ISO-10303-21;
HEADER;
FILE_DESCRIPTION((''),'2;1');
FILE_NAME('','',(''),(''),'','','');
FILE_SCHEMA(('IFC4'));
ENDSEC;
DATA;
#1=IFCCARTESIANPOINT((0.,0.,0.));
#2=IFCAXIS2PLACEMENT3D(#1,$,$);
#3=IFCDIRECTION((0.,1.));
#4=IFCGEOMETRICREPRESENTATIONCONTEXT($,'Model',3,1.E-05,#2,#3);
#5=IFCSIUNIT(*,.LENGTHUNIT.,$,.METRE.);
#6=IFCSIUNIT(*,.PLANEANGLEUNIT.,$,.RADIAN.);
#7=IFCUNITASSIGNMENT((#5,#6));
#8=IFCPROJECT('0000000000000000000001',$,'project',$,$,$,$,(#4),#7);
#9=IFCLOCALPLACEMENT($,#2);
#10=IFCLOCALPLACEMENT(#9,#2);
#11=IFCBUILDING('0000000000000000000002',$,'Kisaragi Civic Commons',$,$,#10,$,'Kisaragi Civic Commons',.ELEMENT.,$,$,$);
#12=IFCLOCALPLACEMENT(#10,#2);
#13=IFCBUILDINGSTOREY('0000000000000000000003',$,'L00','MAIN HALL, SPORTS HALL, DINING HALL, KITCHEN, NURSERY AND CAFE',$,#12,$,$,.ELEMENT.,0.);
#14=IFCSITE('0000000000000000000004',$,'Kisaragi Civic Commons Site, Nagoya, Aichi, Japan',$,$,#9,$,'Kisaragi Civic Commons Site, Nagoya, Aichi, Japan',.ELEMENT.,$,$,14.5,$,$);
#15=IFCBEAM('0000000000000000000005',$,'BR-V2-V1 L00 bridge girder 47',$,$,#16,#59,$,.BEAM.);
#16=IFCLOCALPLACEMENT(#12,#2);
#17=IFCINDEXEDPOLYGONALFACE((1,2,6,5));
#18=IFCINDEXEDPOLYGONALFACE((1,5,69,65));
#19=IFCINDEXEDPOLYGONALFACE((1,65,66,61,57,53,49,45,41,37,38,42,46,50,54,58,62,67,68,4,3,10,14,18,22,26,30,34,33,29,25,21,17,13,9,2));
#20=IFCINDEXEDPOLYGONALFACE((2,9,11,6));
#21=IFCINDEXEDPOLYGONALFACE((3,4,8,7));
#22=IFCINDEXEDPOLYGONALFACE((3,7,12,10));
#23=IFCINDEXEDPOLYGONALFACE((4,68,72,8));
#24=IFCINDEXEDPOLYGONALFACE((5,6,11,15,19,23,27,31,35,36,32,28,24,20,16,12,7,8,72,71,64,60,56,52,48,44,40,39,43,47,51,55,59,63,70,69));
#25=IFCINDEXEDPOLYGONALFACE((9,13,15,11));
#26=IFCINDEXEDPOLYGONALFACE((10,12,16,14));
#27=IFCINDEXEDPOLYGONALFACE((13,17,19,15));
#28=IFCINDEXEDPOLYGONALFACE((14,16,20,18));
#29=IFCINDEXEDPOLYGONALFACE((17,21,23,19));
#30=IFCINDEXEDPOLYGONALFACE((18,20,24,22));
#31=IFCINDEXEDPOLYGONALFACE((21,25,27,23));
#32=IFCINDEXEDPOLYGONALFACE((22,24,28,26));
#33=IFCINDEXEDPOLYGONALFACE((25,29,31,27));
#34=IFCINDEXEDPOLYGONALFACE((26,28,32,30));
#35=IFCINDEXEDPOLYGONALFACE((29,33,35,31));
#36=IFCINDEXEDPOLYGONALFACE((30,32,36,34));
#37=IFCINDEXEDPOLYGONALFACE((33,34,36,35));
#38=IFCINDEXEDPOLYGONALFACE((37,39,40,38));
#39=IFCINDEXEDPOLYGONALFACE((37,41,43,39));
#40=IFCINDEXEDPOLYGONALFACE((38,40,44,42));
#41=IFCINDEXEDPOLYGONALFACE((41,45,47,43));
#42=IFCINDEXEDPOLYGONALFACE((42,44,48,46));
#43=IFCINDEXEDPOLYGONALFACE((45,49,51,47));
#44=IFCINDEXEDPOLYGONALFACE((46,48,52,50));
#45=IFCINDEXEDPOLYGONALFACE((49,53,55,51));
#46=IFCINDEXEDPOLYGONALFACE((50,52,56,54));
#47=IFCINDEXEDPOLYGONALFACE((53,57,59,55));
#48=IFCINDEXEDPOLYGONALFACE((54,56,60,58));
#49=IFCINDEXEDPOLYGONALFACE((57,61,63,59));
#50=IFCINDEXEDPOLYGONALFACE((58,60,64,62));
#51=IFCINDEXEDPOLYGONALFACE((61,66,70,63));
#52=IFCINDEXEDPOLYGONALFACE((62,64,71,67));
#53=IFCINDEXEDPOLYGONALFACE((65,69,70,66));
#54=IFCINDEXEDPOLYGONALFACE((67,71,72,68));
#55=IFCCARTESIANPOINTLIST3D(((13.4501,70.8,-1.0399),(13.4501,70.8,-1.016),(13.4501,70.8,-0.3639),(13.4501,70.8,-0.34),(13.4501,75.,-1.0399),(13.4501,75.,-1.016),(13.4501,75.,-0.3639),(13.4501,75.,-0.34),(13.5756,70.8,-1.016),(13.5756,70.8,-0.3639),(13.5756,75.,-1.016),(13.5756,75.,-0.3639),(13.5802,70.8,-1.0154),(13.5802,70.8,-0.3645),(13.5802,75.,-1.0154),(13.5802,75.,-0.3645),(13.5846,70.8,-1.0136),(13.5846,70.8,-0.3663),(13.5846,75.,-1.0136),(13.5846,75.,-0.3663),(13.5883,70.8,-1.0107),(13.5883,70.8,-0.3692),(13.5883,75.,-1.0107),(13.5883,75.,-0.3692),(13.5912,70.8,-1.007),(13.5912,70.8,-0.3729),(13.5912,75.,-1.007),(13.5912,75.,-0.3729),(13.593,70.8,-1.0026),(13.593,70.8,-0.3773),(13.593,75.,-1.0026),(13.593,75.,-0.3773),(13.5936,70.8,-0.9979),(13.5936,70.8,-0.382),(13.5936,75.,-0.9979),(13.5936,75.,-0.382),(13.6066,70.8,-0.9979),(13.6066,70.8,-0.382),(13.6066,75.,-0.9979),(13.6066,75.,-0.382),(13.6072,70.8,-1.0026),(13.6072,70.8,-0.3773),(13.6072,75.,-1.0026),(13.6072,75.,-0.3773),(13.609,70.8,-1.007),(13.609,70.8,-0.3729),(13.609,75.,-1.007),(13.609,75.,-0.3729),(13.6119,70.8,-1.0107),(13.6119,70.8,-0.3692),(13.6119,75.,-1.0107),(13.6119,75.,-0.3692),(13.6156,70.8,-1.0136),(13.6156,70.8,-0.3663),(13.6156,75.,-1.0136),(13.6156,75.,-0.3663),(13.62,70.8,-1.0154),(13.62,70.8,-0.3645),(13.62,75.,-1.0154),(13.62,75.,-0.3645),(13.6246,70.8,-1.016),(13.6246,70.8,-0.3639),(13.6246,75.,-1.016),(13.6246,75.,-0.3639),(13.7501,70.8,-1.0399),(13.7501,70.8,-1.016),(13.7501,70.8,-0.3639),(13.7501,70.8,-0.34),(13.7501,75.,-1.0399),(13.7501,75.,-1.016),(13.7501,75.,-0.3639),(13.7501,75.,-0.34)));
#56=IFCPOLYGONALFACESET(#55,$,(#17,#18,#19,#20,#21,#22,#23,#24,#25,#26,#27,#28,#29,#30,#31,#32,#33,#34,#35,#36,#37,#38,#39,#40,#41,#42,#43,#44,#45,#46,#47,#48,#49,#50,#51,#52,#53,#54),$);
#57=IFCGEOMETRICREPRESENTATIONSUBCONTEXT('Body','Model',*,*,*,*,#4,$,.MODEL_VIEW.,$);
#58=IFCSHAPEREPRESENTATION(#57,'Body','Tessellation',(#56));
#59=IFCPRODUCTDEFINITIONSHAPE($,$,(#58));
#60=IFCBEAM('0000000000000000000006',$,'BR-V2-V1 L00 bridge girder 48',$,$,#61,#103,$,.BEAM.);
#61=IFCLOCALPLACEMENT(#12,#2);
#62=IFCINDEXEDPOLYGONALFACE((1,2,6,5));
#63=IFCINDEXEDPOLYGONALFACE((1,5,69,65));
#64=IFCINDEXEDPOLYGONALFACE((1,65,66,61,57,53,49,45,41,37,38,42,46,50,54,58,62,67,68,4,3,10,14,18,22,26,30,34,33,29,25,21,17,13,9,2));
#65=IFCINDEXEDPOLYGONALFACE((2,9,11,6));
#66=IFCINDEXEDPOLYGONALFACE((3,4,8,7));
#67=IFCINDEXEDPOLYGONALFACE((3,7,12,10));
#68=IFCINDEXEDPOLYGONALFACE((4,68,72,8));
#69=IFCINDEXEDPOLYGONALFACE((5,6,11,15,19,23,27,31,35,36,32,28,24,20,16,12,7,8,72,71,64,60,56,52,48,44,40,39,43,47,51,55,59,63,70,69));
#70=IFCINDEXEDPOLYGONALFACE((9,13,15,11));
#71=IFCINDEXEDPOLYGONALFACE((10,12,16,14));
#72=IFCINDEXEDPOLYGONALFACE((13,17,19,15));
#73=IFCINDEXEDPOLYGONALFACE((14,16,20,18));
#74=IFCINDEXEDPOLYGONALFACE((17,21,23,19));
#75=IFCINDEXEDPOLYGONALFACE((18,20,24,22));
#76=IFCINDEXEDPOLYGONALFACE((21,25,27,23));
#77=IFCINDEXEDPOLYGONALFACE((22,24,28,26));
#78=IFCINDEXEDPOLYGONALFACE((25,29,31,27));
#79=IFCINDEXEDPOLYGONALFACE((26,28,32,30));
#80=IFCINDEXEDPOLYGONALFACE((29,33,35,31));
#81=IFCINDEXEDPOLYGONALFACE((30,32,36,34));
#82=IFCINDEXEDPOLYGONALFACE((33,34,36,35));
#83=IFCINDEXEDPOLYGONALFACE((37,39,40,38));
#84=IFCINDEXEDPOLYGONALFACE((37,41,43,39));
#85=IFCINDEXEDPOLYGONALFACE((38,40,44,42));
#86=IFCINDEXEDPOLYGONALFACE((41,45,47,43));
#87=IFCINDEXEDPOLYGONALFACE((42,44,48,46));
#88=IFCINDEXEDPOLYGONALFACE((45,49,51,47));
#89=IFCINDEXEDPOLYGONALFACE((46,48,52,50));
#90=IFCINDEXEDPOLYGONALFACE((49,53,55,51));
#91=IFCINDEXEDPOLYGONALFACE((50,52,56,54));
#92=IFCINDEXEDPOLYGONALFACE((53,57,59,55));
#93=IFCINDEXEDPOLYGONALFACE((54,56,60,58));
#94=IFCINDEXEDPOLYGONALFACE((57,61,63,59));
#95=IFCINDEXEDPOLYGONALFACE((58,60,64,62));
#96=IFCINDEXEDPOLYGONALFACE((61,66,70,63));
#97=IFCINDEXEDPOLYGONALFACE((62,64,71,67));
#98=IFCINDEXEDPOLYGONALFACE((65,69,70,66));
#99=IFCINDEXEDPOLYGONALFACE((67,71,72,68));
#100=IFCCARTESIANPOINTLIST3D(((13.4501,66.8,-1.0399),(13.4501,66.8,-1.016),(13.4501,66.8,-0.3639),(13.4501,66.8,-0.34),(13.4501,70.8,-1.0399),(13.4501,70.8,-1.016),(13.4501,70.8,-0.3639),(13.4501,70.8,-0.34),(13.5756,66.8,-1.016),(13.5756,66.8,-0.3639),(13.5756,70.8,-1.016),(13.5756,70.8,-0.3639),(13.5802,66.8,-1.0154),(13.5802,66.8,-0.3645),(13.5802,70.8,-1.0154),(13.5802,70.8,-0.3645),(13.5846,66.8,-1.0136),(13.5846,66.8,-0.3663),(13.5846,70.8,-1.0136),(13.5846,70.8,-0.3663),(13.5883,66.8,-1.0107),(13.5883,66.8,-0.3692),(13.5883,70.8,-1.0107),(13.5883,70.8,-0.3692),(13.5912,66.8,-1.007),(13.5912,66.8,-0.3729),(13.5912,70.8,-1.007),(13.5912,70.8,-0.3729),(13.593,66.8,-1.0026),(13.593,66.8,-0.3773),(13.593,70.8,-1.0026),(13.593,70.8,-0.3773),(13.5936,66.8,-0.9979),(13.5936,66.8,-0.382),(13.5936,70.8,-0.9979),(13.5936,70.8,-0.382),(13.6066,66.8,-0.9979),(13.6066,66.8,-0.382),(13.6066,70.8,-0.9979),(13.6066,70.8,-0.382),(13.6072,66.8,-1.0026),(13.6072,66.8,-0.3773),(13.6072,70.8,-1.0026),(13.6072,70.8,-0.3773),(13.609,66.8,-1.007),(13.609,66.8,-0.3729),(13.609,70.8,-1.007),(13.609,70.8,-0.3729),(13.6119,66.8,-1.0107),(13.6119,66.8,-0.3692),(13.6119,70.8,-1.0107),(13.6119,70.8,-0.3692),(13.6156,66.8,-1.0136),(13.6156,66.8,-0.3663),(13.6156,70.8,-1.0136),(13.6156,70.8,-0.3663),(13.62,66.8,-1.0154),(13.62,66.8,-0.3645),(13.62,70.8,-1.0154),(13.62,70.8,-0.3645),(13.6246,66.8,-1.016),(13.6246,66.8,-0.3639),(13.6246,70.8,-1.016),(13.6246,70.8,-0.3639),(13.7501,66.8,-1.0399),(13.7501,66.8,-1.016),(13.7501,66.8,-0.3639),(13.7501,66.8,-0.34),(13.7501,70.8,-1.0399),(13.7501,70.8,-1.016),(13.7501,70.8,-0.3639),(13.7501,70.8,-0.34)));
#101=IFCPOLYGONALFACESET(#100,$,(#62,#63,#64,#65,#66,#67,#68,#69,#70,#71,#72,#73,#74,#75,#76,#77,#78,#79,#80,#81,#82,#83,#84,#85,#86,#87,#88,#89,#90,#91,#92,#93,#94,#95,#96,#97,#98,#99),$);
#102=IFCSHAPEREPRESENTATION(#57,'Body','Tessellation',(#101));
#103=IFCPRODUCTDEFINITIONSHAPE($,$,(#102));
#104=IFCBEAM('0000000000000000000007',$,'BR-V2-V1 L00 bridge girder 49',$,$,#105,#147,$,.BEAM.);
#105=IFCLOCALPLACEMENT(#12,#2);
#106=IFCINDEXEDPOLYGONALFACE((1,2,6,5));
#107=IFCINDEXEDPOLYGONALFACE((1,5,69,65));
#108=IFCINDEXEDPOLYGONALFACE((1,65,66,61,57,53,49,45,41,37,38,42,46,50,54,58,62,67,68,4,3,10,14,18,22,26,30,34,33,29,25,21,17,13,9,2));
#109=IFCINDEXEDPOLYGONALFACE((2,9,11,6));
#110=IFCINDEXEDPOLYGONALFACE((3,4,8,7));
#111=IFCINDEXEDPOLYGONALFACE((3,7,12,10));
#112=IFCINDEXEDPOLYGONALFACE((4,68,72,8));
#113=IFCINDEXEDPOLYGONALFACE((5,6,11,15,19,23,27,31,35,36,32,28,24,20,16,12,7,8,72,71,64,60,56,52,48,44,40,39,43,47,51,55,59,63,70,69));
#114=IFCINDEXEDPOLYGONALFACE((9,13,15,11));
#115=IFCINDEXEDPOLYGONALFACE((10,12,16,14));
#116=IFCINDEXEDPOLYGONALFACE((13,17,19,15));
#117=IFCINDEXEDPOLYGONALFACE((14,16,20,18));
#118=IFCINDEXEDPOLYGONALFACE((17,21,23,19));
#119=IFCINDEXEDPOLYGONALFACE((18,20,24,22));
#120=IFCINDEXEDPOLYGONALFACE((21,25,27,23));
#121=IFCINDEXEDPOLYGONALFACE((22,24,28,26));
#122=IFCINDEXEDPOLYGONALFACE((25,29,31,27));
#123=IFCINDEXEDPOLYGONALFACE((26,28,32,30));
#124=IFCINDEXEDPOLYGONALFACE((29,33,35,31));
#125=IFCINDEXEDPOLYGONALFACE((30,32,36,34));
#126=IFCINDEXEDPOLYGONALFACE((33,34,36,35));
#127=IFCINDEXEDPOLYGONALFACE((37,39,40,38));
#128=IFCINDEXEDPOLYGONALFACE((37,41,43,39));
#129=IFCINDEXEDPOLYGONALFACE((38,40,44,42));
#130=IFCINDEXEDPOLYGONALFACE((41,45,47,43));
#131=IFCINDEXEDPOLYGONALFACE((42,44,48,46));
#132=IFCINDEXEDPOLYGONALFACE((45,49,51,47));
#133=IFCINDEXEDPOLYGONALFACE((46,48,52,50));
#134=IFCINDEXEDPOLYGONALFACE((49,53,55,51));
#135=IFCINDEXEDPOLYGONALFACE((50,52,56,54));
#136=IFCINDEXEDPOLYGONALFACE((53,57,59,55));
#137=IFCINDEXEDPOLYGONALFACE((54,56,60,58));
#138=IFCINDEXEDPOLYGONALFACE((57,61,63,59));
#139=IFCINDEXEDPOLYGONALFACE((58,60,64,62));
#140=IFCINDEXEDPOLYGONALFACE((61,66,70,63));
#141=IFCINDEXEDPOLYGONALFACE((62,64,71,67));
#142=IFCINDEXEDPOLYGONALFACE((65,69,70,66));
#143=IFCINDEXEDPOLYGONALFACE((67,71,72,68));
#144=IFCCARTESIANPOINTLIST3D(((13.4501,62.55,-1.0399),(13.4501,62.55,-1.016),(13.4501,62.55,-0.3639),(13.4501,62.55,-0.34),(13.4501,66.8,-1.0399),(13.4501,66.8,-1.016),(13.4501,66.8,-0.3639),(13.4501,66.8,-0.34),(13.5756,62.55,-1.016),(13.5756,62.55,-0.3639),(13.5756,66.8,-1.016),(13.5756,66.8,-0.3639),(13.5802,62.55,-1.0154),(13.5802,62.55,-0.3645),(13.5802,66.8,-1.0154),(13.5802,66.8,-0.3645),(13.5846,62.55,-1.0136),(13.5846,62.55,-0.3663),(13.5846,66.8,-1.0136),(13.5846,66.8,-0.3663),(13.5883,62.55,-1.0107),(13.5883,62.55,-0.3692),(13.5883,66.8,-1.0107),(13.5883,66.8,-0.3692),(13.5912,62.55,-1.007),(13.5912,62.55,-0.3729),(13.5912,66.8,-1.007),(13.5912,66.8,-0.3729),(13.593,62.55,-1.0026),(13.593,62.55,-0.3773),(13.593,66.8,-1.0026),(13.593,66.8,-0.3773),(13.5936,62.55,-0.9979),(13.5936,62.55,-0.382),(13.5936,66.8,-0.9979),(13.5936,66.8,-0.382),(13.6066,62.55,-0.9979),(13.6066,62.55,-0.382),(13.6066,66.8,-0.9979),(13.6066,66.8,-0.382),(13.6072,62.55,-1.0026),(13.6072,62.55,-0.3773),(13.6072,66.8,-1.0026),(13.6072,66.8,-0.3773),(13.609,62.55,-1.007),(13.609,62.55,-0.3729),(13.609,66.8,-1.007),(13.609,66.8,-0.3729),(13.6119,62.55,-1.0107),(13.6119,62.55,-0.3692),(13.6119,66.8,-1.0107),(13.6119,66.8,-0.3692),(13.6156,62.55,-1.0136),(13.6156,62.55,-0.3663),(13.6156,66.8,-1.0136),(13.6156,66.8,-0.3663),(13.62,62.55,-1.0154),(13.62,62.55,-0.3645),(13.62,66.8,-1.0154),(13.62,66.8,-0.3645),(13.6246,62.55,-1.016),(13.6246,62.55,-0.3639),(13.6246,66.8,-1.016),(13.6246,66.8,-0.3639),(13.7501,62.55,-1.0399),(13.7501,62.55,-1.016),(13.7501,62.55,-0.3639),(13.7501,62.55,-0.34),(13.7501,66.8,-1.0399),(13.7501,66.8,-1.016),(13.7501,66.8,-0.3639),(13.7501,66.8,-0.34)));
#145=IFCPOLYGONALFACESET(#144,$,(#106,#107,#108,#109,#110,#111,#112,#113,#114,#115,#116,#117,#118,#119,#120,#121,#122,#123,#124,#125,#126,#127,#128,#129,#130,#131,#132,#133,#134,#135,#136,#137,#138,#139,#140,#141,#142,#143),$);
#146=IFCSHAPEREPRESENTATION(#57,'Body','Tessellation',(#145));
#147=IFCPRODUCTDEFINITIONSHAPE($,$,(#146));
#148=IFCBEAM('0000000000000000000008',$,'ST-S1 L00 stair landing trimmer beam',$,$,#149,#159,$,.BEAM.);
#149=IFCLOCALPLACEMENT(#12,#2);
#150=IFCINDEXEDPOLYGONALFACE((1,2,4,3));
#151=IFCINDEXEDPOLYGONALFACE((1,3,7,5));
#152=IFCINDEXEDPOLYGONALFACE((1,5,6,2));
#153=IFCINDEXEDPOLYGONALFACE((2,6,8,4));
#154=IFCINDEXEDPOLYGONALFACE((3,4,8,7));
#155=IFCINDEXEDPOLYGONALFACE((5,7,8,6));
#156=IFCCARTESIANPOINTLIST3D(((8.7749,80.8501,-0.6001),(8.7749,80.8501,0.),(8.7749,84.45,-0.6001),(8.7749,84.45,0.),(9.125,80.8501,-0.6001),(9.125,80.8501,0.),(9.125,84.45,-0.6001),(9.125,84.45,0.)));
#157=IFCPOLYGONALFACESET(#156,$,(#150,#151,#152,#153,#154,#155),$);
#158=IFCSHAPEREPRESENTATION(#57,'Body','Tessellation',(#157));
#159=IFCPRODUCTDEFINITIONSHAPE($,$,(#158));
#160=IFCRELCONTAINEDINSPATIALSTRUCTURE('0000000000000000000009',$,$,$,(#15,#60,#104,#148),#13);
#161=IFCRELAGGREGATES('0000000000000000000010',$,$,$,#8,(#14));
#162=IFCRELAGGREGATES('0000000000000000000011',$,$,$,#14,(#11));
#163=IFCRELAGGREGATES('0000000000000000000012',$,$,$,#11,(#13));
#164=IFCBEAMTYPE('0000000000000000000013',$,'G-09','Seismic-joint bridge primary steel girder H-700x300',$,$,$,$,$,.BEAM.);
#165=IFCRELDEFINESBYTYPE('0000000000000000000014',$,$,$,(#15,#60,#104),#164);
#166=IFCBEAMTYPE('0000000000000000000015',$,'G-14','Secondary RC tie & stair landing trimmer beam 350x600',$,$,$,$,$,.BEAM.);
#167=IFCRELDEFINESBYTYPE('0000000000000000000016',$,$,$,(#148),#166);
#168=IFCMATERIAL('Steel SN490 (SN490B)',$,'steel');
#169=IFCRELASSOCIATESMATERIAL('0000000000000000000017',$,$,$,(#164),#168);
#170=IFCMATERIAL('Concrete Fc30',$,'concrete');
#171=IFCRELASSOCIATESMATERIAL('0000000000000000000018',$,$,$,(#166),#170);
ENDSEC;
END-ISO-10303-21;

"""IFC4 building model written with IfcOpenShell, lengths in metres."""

from ifc_helpers import new_model, si_unit, direction, frame, origin, origin_2d, place, context, subcontext, project, spatial, rectangle, i_section, extrude, material, material_profile, profile_set, type_object, element, save


model = new_model("IFC4")

# Units and contexts
model_context = context("Model", 3, precision=1e-05, world=origin(), true_north=direction((0.0, 1.0)))
body_context = subcontext(model_context, "Body", "Model", "MODEL_VIEW")
ifc_project = project(units=[si_unit("LENGTHUNIT", "METRE"), si_unit("PLANEANGLEUNIT", "RADIAN")], contexts=[model_context])

# Site, building, storey
site_placement = place(None, origin())
site = spatial("IfcSite", under=ifc_project, at=site_placement, Name="Kisaragi Civic Commons Site, Nagoya, Aichi, Japan", LongName="Kisaragi Civic Commons Site, Nagoya, Aichi, Japan", CompositionType="ELEMENT", RefElevation=14.5)
building_placement = place(site_placement, origin())
building = spatial("IfcBuilding", under=site, at=building_placement, Name="Kisaragi Civic Commons", LongName="Kisaragi Civic Commons", CompositionType="ELEMENT")
storey_placement = place(building_placement, origin())
storey = spatial("IfcBuildingStorey", under=building, at=storey_placement, Name="L00", Description="MAIN HALL, SPORTS HALL, DINING HALL, KITCHEN, NURSERY AND CAFE", CompositionType="ELEMENT", Elevation=0.0)

# Shared definitions
ifc_material_1 = material(Name="Concrete Fc30", Category="concrete")

# Beams
ifc_material_2 = material(Name="Steel SN490 (SN490B)", Category="steel")
ifc_material_profile_1 = material_profile(ifc_material_2, i_section(OverallWidth=0.3, OverallDepth=0.7, WebThickness=0.0129, FlangeThickness=0.0239, FilletRadius=0.0181, at=origin_2d()), Name="H-700x300x13x24", Category="steel")
ifc_profile_set_1 = profile_set([ifc_material_profile_1], Name="Steel SN490 (SN490B)")
beam_type_1 = type_object("IfcBeamType", Name="G-09", Description="Seismic-joint bridge primary steel girder H-700x300", PredefinedType="BEAM", material=ifc_profile_set_1)
beam_1_placement = place(storey_placement, frame((13.6001, 75.0, -0.6899), z_axis=(0.0, -1.0, 0.0), x_axis=(1.0, 0.0, 0.0)))
element("IfcBeam", 1, at=beam_1_placement, inside=storey, type_object=beam_type_1, Name="BR-V2-V1 L00 bridge girder 47", PredefinedType="BEAM", context=body_context, shape_type="SweptSolid", body=[
    extrude(i_section(OverallWidth=0.3, OverallDepth=0.7, WebThickness=0.0129, FlangeThickness=0.0239, FilletRadius=0.0181, at=origin_2d()), origin(), (0.0, 0.0, 1.0), 4.2),
])
beam_2_placement = place(storey_placement, frame((13.6001, 70.8, -0.6899), z_axis=(0.0, -1.0, 0.0), x_axis=(1.0, 0.0, 0.0)))
element("IfcBeam", 2, at=beam_2_placement, inside=storey, type_object=beam_type_1, Name="BR-V2-V1 L00 bridge girder 48", PredefinedType="BEAM", context=body_context, shape_type="SweptSolid", body=[
    extrude(i_section(OverallWidth=0.3, OverallDepth=0.7, WebThickness=0.0129, FlangeThickness=0.0239, FilletRadius=0.0181, at=origin_2d()), origin(), (0.0, 0.0, 1.0), 4.0),
])
beam_3_placement = place(storey_placement, frame((13.6001, 66.8, -0.6899), z_axis=(0.0, -1.0, 0.0), x_axis=(1.0, 0.0, 0.0)))
element("IfcBeam", 3, at=beam_3_placement, inside=storey, type_object=beam_type_1, Name="BR-V2-V1 L00 bridge girder 49", PredefinedType="BEAM", context=body_context, shape_type="SweptSolid", body=[
    extrude(i_section(OverallWidth=0.3, OverallDepth=0.7, WebThickness=0.0129, FlangeThickness=0.0239, FilletRadius=0.0181, at=origin_2d()), origin(), (0.0, 0.0, 1.0), 4.25),
])
ifc_material_profile_2 = material_profile(ifc_material_1, rectangle(XDim=0.3501, YDim=0.6001, at=origin_2d()), Name="RC-350x600", Category="concrete")
ifc_profile_set_2 = profile_set([ifc_material_profile_2], Name="Concrete Fc30")
beam_type_2 = type_object("IfcBeamType", Name="G-14", Description="Secondary RC tie & stair landing trimmer beam 350x600", PredefinedType="BEAM", material=ifc_profile_set_2)
beam_4_placement = place(storey_placement, frame((8.95, 80.8501, -0.3), z_axis=(0.0, 1.0, 0.0), x_axis=(-1.0, 0.0, 0.0)))
element("IfcBeam", 4, at=beam_4_placement, inside=storey, type_object=beam_type_2, Name="ST-S1 L00 stair landing trimmer beam", PredefinedType="BEAM", context=body_context, shape_type="SweptSolid", body=[
    extrude(rectangle(XDim=0.3501, YDim=0.6001, at=origin_2d()), origin(), (0.0, 0.0, 1.0), 3.5999),
])

save(model, "model.ifc")
